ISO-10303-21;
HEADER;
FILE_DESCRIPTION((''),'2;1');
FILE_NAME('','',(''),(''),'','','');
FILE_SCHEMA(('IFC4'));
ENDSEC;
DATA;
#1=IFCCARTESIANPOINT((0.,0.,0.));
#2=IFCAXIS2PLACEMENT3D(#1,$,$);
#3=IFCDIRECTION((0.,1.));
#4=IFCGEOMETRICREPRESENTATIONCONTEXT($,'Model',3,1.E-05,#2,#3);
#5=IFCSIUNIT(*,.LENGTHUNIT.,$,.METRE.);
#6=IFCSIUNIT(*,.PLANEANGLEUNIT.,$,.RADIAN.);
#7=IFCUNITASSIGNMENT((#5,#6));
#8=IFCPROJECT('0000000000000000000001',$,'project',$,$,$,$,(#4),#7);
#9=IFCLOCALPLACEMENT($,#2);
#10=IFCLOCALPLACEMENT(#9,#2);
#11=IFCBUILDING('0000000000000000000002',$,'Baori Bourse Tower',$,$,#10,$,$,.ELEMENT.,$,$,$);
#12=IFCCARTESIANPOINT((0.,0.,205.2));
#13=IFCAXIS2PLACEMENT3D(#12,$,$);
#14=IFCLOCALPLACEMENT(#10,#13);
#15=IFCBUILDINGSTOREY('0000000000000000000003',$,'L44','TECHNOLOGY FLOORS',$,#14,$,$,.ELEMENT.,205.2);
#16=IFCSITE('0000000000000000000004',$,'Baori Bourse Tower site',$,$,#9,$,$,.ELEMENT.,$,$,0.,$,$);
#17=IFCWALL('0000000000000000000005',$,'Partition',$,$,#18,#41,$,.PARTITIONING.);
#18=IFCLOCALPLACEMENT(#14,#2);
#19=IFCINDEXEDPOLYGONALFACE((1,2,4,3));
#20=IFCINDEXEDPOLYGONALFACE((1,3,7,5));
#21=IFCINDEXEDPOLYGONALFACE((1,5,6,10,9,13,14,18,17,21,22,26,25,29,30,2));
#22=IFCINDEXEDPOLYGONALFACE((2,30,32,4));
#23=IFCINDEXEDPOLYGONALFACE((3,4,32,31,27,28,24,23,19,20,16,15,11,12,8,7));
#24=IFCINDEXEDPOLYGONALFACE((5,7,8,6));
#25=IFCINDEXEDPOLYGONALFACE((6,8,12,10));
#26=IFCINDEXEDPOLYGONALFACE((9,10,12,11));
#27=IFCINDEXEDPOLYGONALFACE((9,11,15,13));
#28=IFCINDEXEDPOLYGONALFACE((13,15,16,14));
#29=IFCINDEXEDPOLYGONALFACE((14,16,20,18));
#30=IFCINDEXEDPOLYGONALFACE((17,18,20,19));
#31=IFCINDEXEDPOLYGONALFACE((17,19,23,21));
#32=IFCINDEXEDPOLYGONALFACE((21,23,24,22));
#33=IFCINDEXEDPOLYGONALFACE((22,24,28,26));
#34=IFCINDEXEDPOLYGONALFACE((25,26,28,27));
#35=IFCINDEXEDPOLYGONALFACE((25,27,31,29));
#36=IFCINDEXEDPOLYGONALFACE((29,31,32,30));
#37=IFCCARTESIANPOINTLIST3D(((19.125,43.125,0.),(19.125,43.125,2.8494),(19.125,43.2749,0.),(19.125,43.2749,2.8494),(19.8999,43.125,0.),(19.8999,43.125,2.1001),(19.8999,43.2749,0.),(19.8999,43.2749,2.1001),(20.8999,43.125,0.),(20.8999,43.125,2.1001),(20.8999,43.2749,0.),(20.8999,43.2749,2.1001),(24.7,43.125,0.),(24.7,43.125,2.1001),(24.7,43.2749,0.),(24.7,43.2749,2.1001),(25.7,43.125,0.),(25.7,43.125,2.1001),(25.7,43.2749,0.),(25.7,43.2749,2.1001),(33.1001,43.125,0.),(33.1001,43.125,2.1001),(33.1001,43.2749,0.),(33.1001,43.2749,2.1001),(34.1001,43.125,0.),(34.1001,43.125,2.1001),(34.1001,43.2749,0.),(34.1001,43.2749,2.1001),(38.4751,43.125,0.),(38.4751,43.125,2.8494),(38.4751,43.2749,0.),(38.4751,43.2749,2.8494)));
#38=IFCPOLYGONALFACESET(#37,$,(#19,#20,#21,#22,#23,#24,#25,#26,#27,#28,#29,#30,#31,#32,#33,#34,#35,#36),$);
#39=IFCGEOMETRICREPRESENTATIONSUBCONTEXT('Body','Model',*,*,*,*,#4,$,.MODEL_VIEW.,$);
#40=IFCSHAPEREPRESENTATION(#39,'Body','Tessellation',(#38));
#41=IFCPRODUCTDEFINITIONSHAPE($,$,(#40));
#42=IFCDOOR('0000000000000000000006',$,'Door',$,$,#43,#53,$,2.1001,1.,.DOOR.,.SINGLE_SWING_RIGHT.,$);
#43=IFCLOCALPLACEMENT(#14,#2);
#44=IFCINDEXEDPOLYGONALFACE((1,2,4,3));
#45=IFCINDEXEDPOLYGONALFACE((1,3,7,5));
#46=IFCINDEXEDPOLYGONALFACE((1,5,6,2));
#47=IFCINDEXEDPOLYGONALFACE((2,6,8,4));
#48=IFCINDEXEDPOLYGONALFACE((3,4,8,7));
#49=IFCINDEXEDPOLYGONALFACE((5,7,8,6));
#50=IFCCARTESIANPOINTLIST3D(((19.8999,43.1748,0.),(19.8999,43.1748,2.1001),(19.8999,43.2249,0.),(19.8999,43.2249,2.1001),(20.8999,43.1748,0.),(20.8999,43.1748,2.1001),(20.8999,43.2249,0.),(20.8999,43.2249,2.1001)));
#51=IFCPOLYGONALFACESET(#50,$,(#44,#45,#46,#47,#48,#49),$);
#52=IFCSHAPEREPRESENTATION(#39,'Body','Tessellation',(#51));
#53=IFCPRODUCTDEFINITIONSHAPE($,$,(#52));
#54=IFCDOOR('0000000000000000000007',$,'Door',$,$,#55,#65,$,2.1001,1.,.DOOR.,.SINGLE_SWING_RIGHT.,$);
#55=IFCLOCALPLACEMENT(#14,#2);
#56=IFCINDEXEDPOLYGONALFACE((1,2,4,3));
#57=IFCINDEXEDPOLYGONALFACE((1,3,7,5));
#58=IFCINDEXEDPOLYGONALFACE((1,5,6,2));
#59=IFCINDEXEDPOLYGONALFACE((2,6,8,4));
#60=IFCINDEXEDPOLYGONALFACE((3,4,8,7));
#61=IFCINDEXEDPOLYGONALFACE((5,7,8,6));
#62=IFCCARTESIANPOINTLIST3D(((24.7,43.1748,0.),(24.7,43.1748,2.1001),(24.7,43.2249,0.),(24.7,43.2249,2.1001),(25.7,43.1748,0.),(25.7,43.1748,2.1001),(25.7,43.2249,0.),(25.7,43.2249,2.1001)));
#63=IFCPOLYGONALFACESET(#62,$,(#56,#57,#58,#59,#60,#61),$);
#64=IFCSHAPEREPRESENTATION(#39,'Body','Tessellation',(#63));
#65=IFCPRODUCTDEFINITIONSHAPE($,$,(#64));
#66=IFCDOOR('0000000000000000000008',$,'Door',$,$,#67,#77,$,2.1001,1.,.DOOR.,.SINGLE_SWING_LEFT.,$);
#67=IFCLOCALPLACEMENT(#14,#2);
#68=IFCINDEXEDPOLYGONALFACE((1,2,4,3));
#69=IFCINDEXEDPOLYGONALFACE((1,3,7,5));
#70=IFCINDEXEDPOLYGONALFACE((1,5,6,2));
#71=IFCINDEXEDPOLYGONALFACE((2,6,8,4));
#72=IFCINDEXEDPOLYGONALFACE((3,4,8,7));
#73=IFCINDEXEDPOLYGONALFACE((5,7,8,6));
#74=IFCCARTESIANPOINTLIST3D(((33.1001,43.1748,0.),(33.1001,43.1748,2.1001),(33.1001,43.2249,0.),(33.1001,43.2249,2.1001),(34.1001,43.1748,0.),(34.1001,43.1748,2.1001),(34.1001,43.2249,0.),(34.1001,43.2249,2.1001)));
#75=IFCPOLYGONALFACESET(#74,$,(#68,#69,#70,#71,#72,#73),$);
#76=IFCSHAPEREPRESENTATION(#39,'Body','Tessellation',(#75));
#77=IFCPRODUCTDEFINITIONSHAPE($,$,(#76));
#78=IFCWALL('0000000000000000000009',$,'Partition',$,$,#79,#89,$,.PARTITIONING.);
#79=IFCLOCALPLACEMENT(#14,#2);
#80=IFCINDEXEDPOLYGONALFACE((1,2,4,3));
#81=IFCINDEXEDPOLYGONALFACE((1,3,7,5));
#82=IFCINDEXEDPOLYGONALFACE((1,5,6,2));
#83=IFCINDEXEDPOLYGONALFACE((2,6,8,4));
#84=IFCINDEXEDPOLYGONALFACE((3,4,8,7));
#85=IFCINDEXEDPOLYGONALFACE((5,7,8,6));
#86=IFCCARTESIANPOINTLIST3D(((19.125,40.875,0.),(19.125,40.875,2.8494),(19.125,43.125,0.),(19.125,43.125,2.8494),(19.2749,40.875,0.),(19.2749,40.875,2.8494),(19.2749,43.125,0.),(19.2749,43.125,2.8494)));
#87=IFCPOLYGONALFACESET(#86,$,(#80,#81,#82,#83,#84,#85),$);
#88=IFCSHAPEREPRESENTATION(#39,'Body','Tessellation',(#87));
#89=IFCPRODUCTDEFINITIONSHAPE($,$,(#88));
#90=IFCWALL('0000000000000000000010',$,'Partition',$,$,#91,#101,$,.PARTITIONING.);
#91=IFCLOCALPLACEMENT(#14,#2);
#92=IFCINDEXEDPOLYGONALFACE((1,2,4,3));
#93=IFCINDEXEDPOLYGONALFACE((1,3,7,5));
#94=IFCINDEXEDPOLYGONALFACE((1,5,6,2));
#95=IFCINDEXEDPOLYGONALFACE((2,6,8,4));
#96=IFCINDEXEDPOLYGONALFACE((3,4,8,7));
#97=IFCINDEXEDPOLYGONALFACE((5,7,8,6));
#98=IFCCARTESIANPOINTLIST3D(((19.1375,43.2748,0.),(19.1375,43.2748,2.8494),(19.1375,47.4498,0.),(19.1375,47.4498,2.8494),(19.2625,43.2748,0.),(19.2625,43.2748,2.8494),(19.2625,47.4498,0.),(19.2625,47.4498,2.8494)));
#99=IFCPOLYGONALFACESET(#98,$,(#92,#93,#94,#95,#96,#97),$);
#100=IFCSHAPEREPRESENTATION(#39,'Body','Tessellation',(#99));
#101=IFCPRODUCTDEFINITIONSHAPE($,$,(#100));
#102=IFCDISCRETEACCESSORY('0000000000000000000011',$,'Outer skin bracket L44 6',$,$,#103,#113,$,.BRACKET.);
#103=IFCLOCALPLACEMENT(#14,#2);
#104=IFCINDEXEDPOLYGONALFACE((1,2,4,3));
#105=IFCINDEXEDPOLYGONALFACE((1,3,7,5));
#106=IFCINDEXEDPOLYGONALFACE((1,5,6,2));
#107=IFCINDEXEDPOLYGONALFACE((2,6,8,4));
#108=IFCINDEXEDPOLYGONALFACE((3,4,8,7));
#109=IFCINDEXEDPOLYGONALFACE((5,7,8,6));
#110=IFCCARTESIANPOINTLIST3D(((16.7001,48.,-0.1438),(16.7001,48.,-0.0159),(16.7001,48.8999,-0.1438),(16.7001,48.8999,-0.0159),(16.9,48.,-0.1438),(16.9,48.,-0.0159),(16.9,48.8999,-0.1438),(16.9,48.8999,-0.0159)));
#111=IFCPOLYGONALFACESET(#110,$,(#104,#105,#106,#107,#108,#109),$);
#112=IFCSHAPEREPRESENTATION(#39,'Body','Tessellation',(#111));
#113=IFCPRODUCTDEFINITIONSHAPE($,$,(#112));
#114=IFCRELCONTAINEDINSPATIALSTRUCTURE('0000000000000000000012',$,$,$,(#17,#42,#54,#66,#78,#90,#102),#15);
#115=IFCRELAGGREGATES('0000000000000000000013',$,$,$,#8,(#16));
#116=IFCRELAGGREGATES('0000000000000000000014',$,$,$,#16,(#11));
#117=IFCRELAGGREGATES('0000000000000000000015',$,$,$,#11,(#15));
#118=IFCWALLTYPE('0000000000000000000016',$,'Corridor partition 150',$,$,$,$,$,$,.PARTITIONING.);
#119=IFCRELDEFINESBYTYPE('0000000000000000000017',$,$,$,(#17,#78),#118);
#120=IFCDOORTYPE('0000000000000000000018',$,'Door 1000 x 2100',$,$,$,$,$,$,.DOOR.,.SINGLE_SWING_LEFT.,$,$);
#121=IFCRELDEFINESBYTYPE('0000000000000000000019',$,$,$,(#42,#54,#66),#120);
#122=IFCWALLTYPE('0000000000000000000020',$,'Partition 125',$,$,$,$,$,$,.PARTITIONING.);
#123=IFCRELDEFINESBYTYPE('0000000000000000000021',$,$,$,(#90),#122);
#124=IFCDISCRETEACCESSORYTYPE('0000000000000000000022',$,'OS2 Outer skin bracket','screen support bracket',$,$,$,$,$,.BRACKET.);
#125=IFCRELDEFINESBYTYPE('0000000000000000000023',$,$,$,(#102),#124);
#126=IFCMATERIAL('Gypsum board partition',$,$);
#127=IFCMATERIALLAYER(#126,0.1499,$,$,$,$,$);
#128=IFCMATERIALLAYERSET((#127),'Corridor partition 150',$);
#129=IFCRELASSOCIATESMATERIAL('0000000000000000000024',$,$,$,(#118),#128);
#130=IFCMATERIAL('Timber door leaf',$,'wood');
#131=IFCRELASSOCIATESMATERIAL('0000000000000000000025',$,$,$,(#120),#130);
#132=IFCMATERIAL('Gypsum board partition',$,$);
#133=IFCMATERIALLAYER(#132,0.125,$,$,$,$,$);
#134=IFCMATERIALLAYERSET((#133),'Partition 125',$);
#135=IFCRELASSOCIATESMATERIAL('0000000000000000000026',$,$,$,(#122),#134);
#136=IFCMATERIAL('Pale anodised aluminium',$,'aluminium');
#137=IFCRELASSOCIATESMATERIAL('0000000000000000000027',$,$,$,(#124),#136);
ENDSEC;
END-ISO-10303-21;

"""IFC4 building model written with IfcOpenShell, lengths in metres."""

from ifc_helpers import new_model, si_unit, direction, frame, frame_2d, origin, origin_2d, place, context, subcontext, project, spatial, rectangle, extrude, material, layer, layer_set, type_object, element, fill, save


model = new_model("IFC4")

# Units and contexts
model_context = context("Model", 3, precision=1e-05, world=origin(), true_north=direction((0.0, 1.0)))
body_context = subcontext(model_context, "Body", "Model", "MODEL_VIEW")
ifc_project = project(units=[si_unit("LENGTHUNIT", "METRE"), si_unit("PLANEANGLEUNIT", "RADIAN")], contexts=[model_context])

# Site, building, storey
site_placement = place(None, origin())
site = spatial("IfcSite", under=ifc_project, at=site_placement, Name="Baori Bourse Tower site", CompositionType="ELEMENT", RefElevation=0.0)
building_placement = place(site_placement, origin())
building = spatial("IfcBuilding", under=site, at=building_placement, Name="Baori Bourse Tower", CompositionType="ELEMENT")
storey_placement = place(building_placement, frame((0.0, 0.0, 205.2)))
storey = spatial("IfcBuildingStorey", under=building, at=storey_placement, Name="L44", Description="TECHNOLOGY FLOORS", CompositionType="ELEMENT", Elevation=205.2)

# Wall, openings, doors
ifc_material_1 = material(Name="Gypsum board partition")
ifc_layer_1 = layer(ifc_material_1, 0.1499)
ifc_layer_set_1 = layer_set([ifc_layer_1], Name="Corridor partition 150")
wall_type_1 = type_object("IfcWallType", Name="Corridor partition 150", PredefinedType="PARTITIONING", material=ifc_layer_set_1)
wall_1_placement = place(storey_placement, frame((19.125, 43.2, 0.0), z_axis=(0.0, 0.0, 1.0), x_axis=(1.0, 0.0, 0.0)))
wall_1 = element("IfcWall", 1, at=wall_1_placement, inside=storey, type_object=wall_type_1, Name="Partition", PredefinedType="PARTITIONING", context=body_context, shape_type="SweptSolid", body=[
    extrude(rectangle(XDim=19.3501, YDim=0.1499, at=frame_2d((9.675, 0.0))), origin(), (0.0, 0.0, 1.0), 2.8494),
])
opening_1_placement = place(wall_1_placement, frame((0.7749, 0.0, 0.0)))
opening_1 = element("IfcOpeningElement", 2, at=opening_1_placement, cuts=wall_1, PredefinedType="OPENING", context=body_context, shape_type="SweptSolid", body=[
    extrude(rectangle(XDim=1.0, YDim=2.1001, at=frame_2d((0.5, 1.05))), frame((0.0, 0.085, 0.0), z_axis=(0.0, -1.0, 0.0), x_axis=(1.0, 0.0, 0.0)), (0.0, 0.0, 1.0), 0.1699),
])
opening_2_placement = place(wall_1_placement, frame((5.575, 0.0, 0.0)))
opening_2 = element("IfcOpeningElement", 3, at=opening_2_placement, cuts=wall_1, PredefinedType="OPENING", context=body_context, shape_type="SweptSolid", body=[
    extrude(rectangle(XDim=1.0, YDim=2.1001, at=frame_2d((0.5, 1.05))), frame((0.0, 0.085, 0.0), z_axis=(0.0, -1.0, 0.0), x_axis=(1.0, 0.0, 0.0)), (0.0, 0.0, 1.0), 0.1699),
])
opening_3_placement = place(wall_1_placement, frame((13.9751, 0.0, 0.0)))
opening_3 = element("IfcOpeningElement", 4, at=opening_3_placement, cuts=wall_1, PredefinedType="OPENING", context=body_context, shape_type="SweptSolid", body=[
    extrude(rectangle(XDim=1.0, YDim=2.1001, at=frame_2d((0.5, 1.05))), frame((0.0, 0.085, 0.0), z_axis=(0.0, -1.0, 0.0), x_axis=(1.0, 0.0, 0.0)), (0.0, 0.0, 1.0), 0.1699),
])
ifc_material_2 = material(Name="Timber door leaf", Category="wood")
door_type_1 = type_object("IfcDoorType", Name="Door 1000 x 2100", OperationType="SINGLE_SWING_LEFT", PredefinedType="DOOR", material=ifc_material_2)
door_1_placement = place(opening_1_placement, origin())
door_1 = element("IfcDoor", 5, at=door_1_placement, inside=storey, type_object=door_type_1, Name="Door", OperationType="SINGLE_SWING_RIGHT", OverallHeight=2.1001, OverallWidth=1.0, PredefinedType="DOOR", context=body_context, shape_type="SweptSolid", body=[
    extrude(rectangle(XDim=1.0, YDim=2.1001, at=frame_2d((0.5, 1.05))), frame((0.0, 0.0249, 0.0), z_axis=(0.0, -1.0, 0.0), x_axis=(1.0, 0.0, 0.0)), (0.0, 0.0, 1.0), 0.05),
])
fill(opening_1, door_1)
door_2_placement = place(opening_2_placement, origin())
door_2 = element("IfcDoor", 6, at=door_2_placement, inside=storey, type_object=door_type_1, Name="Door", OperationType="SINGLE_SWING_RIGHT", OverallHeight=2.1001, OverallWidth=1.0, PredefinedType="DOOR", context=body_context, shape_type="SweptSolid", body=[
    extrude(rectangle(XDim=1.0, YDim=2.1001, at=frame_2d((0.5, 1.05))), frame((0.0, 0.0249, 0.0), z_axis=(0.0, -1.0, 0.0), x_axis=(1.0, 0.0, 0.0)), (0.0, 0.0, 1.0), 0.05),
])
fill(opening_2, door_2)
door_3_placement = place(opening_3_placement, origin())
door_3 = element("IfcDoor", 7, at=door_3_placement, inside=storey, type_object=door_type_1, Name="Door", OperationType="SINGLE_SWING_LEFT", OverallHeight=2.1001, OverallWidth=1.0, PredefinedType="DOOR", context=body_context, shape_type="SweptSolid", body=[
    extrude(rectangle(XDim=1.0, YDim=2.1001, at=frame_2d((0.5, 1.05))), frame((0.0, 0.0249, 0.0), z_axis=(0.0, -1.0, 0.0), x_axis=(1.0, 0.0, 0.0)), (0.0, 0.0, 1.0), 0.05),
])
fill(opening_3, door_3)

# Walls
wall_2_placement = place(storey_placement, frame((19.2, 40.875, 0.0), z_axis=(0.0, 0.0, 1.0), x_axis=(0.0, 1.0, 0.0)))
element("IfcWall", 8, at=wall_2_placement, inside=storey, type_object=wall_type_1, Name="Partition", PredefinedType="PARTITIONING", context=body_context, shape_type="SweptSolid", body=[
    extrude(rectangle(XDim=2.25, YDim=0.1499, at=frame_2d((1.125, 0.0))), origin(), (0.0, 0.0, 1.0), 2.8494),
])
ifc_material_3 = material(Name="Gypsum board partition")
ifc_layer_2 = layer(ifc_material_3, 0.125)
ifc_layer_set_2 = layer_set([ifc_layer_2], Name="Partition 125")
wall_type_2 = type_object("IfcWallType", Name="Partition 125", PredefinedType="PARTITIONING", material=ifc_layer_set_2)
wall_3_placement = place(storey_placement, frame((19.2, 43.2749, 0.0), z_axis=(0.0, 0.0, 1.0), x_axis=(0.0, 1.0, 0.0)))
element("IfcWall", 9, at=wall_3_placement, inside=storey, type_object=wall_type_2, Name="Partition", PredefinedType="PARTITIONING", context=body_context, shape_type="SweptSolid", body=[
    extrude(rectangle(XDim=4.175, YDim=0.125, at=frame_2d((2.0874, 0.0))), origin(), (0.0, 0.0, 1.0), 2.8494),
])

# Discrete accessory
ifc_material_4 = material(Name="Pale anodised aluminium", Category="aluminium")
discrete_accessory_type = type_object("IfcDiscreteAccessoryType", Name="OS2 Outer skin bracket", Description="screen support bracket", PredefinedType="BRACKET", material=ifc_material_4)
discrete_accessory_placement = place(storey_placement, frame((16.8, 48.45, -0.1438), z_axis=(0.0, 0.0, 1.0), x_axis=(-1.0, 0.0, 0.0)))
element("IfcDiscreteAccessory", 10, at=discrete_accessory_placement, inside=storey, type_object=discrete_accessory_type, Name="Outer skin bracket L44 6", PredefinedType="BRACKET", context=body_context, shape_type="SweptSolid", body=[
    extrude(rectangle(XDim=0.2, YDim=0.8999, at=origin_2d()), origin(), (0.0, 0.0, 1.0), 0.1279),
])

save(model, "model.ifc")
